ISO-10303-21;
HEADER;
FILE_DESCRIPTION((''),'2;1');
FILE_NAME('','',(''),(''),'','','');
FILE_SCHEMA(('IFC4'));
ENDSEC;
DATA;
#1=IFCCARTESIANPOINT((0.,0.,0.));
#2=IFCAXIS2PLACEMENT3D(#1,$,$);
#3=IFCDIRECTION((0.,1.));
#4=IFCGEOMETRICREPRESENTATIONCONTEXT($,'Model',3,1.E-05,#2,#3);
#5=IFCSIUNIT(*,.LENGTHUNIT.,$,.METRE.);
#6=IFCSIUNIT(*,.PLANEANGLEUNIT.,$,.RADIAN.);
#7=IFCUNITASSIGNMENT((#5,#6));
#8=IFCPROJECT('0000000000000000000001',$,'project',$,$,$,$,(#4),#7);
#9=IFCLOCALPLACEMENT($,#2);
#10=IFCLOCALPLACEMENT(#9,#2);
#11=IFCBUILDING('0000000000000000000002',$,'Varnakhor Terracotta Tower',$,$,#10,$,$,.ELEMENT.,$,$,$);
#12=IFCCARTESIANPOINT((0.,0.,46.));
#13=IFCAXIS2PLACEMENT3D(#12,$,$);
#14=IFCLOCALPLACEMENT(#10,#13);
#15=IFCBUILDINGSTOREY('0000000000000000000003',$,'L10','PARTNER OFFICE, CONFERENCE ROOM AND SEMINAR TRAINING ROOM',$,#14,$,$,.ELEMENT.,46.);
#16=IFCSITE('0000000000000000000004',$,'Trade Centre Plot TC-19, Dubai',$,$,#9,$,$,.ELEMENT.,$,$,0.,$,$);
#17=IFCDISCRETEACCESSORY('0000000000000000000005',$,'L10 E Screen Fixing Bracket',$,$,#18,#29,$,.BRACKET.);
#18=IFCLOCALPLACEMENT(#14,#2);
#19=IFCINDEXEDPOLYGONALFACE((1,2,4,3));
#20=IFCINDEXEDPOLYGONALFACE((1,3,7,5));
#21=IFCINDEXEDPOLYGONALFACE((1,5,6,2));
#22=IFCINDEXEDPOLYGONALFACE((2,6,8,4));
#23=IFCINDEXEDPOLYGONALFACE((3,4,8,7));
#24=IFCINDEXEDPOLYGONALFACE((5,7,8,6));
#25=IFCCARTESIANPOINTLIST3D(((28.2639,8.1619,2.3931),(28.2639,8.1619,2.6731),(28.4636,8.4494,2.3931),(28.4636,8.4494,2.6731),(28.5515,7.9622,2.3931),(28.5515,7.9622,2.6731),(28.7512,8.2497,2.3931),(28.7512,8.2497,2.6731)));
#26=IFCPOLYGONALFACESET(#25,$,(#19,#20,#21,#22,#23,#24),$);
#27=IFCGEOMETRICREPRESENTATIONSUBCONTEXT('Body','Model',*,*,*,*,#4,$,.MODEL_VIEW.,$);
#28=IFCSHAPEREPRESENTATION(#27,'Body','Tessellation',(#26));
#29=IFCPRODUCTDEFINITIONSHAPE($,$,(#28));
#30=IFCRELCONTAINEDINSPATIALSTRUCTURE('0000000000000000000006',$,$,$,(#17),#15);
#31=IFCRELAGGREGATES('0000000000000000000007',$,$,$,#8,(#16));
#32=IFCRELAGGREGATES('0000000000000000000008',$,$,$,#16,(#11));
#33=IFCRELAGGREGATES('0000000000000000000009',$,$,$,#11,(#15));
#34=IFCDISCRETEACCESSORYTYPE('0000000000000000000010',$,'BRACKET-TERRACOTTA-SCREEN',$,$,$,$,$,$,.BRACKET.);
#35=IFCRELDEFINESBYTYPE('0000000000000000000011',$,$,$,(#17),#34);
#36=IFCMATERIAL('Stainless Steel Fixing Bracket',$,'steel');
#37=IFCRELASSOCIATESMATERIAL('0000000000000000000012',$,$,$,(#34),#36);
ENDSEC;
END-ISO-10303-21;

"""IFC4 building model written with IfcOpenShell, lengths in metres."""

from ifc_helpers import new_model, si_unit, direction, frame, origin, origin_2d, place, context, subcontext, project, spatial, rectangle, extrude, source, transform, mapped, material, type_object, type_shapes, element, save


model = new_model("IFC4")

# Units and contexts
model_context = context("Model", 3, precision=1e-05, world=origin(), true_north=direction((0.0, 1.0)))
body_context = subcontext(model_context, "Body", "Model", "MODEL_VIEW")
ifc_project = project(units=[si_unit("LENGTHUNIT", "METRE"), si_unit("PLANEANGLEUNIT", "RADIAN")], contexts=[model_context])

# Site, building, storey
site_placement = place(None, origin())
site = spatial("IfcSite", under=ifc_project, at=site_placement, Name="Trade Centre Plot TC-19, Dubai", CompositionType="ELEMENT", RefElevation=0.0)
building_placement = place(site_placement, origin())
building = spatial("IfcBuilding", under=site, at=building_placement, Name="Varnakhor Terracotta Tower", CompositionType="ELEMENT")
storey_placement = place(building_placement, frame((0.0, 0.0, 46.0)))
storey = spatial("IfcBuildingStorey", under=building, at=storey_placement, Name="L10", Description="PARTNER OFFICE, CONFERENCE ROOM AND SEMINAR TRAINING ROOM", CompositionType="ELEMENT", Elevation=46.0)

# Discrete accessory
ifc_material_1 = material(Name="Stainless Steel Fixing Bracket", Category="steel")
discrete_accessory_type = type_object("IfcDiscreteAccessoryType", Name="BRACKET-TERRACOTTA-SCREEN", PredefinedType="BRACKET", material=ifc_material_1)
shared_shape_1 = source(origin(), body_context, "Body", "SweptSolid", [
    extrude(rectangle(XDim=0.3501, YDim=0.3501, at=origin_2d()), origin(), (0.0, 0.0, 1.0), 0.28),
])
type_shapes(discrete_accessory_type, [shared_shape_1])
discrete_accessory_placement = place(storey_placement, frame((28.5076, 8.2058, 2.3931), z_axis=(0.0, 0.0, 1.0), x_axis=(0.570413, 0.821358, 0.0)))
element("IfcDiscreteAccessory", 1, at=discrete_accessory_placement, inside=storey, type_object=discrete_accessory_type, Name="L10 E Screen Fixing Bracket", PredefinedType="BRACKET", context=body_context, shape_type="MappedRepresentation", body=[
    mapped(shared_shape_1, transform((0.0, 0.0, 0.0), scale=1.0)),
])

save(model, "model.ifc")
